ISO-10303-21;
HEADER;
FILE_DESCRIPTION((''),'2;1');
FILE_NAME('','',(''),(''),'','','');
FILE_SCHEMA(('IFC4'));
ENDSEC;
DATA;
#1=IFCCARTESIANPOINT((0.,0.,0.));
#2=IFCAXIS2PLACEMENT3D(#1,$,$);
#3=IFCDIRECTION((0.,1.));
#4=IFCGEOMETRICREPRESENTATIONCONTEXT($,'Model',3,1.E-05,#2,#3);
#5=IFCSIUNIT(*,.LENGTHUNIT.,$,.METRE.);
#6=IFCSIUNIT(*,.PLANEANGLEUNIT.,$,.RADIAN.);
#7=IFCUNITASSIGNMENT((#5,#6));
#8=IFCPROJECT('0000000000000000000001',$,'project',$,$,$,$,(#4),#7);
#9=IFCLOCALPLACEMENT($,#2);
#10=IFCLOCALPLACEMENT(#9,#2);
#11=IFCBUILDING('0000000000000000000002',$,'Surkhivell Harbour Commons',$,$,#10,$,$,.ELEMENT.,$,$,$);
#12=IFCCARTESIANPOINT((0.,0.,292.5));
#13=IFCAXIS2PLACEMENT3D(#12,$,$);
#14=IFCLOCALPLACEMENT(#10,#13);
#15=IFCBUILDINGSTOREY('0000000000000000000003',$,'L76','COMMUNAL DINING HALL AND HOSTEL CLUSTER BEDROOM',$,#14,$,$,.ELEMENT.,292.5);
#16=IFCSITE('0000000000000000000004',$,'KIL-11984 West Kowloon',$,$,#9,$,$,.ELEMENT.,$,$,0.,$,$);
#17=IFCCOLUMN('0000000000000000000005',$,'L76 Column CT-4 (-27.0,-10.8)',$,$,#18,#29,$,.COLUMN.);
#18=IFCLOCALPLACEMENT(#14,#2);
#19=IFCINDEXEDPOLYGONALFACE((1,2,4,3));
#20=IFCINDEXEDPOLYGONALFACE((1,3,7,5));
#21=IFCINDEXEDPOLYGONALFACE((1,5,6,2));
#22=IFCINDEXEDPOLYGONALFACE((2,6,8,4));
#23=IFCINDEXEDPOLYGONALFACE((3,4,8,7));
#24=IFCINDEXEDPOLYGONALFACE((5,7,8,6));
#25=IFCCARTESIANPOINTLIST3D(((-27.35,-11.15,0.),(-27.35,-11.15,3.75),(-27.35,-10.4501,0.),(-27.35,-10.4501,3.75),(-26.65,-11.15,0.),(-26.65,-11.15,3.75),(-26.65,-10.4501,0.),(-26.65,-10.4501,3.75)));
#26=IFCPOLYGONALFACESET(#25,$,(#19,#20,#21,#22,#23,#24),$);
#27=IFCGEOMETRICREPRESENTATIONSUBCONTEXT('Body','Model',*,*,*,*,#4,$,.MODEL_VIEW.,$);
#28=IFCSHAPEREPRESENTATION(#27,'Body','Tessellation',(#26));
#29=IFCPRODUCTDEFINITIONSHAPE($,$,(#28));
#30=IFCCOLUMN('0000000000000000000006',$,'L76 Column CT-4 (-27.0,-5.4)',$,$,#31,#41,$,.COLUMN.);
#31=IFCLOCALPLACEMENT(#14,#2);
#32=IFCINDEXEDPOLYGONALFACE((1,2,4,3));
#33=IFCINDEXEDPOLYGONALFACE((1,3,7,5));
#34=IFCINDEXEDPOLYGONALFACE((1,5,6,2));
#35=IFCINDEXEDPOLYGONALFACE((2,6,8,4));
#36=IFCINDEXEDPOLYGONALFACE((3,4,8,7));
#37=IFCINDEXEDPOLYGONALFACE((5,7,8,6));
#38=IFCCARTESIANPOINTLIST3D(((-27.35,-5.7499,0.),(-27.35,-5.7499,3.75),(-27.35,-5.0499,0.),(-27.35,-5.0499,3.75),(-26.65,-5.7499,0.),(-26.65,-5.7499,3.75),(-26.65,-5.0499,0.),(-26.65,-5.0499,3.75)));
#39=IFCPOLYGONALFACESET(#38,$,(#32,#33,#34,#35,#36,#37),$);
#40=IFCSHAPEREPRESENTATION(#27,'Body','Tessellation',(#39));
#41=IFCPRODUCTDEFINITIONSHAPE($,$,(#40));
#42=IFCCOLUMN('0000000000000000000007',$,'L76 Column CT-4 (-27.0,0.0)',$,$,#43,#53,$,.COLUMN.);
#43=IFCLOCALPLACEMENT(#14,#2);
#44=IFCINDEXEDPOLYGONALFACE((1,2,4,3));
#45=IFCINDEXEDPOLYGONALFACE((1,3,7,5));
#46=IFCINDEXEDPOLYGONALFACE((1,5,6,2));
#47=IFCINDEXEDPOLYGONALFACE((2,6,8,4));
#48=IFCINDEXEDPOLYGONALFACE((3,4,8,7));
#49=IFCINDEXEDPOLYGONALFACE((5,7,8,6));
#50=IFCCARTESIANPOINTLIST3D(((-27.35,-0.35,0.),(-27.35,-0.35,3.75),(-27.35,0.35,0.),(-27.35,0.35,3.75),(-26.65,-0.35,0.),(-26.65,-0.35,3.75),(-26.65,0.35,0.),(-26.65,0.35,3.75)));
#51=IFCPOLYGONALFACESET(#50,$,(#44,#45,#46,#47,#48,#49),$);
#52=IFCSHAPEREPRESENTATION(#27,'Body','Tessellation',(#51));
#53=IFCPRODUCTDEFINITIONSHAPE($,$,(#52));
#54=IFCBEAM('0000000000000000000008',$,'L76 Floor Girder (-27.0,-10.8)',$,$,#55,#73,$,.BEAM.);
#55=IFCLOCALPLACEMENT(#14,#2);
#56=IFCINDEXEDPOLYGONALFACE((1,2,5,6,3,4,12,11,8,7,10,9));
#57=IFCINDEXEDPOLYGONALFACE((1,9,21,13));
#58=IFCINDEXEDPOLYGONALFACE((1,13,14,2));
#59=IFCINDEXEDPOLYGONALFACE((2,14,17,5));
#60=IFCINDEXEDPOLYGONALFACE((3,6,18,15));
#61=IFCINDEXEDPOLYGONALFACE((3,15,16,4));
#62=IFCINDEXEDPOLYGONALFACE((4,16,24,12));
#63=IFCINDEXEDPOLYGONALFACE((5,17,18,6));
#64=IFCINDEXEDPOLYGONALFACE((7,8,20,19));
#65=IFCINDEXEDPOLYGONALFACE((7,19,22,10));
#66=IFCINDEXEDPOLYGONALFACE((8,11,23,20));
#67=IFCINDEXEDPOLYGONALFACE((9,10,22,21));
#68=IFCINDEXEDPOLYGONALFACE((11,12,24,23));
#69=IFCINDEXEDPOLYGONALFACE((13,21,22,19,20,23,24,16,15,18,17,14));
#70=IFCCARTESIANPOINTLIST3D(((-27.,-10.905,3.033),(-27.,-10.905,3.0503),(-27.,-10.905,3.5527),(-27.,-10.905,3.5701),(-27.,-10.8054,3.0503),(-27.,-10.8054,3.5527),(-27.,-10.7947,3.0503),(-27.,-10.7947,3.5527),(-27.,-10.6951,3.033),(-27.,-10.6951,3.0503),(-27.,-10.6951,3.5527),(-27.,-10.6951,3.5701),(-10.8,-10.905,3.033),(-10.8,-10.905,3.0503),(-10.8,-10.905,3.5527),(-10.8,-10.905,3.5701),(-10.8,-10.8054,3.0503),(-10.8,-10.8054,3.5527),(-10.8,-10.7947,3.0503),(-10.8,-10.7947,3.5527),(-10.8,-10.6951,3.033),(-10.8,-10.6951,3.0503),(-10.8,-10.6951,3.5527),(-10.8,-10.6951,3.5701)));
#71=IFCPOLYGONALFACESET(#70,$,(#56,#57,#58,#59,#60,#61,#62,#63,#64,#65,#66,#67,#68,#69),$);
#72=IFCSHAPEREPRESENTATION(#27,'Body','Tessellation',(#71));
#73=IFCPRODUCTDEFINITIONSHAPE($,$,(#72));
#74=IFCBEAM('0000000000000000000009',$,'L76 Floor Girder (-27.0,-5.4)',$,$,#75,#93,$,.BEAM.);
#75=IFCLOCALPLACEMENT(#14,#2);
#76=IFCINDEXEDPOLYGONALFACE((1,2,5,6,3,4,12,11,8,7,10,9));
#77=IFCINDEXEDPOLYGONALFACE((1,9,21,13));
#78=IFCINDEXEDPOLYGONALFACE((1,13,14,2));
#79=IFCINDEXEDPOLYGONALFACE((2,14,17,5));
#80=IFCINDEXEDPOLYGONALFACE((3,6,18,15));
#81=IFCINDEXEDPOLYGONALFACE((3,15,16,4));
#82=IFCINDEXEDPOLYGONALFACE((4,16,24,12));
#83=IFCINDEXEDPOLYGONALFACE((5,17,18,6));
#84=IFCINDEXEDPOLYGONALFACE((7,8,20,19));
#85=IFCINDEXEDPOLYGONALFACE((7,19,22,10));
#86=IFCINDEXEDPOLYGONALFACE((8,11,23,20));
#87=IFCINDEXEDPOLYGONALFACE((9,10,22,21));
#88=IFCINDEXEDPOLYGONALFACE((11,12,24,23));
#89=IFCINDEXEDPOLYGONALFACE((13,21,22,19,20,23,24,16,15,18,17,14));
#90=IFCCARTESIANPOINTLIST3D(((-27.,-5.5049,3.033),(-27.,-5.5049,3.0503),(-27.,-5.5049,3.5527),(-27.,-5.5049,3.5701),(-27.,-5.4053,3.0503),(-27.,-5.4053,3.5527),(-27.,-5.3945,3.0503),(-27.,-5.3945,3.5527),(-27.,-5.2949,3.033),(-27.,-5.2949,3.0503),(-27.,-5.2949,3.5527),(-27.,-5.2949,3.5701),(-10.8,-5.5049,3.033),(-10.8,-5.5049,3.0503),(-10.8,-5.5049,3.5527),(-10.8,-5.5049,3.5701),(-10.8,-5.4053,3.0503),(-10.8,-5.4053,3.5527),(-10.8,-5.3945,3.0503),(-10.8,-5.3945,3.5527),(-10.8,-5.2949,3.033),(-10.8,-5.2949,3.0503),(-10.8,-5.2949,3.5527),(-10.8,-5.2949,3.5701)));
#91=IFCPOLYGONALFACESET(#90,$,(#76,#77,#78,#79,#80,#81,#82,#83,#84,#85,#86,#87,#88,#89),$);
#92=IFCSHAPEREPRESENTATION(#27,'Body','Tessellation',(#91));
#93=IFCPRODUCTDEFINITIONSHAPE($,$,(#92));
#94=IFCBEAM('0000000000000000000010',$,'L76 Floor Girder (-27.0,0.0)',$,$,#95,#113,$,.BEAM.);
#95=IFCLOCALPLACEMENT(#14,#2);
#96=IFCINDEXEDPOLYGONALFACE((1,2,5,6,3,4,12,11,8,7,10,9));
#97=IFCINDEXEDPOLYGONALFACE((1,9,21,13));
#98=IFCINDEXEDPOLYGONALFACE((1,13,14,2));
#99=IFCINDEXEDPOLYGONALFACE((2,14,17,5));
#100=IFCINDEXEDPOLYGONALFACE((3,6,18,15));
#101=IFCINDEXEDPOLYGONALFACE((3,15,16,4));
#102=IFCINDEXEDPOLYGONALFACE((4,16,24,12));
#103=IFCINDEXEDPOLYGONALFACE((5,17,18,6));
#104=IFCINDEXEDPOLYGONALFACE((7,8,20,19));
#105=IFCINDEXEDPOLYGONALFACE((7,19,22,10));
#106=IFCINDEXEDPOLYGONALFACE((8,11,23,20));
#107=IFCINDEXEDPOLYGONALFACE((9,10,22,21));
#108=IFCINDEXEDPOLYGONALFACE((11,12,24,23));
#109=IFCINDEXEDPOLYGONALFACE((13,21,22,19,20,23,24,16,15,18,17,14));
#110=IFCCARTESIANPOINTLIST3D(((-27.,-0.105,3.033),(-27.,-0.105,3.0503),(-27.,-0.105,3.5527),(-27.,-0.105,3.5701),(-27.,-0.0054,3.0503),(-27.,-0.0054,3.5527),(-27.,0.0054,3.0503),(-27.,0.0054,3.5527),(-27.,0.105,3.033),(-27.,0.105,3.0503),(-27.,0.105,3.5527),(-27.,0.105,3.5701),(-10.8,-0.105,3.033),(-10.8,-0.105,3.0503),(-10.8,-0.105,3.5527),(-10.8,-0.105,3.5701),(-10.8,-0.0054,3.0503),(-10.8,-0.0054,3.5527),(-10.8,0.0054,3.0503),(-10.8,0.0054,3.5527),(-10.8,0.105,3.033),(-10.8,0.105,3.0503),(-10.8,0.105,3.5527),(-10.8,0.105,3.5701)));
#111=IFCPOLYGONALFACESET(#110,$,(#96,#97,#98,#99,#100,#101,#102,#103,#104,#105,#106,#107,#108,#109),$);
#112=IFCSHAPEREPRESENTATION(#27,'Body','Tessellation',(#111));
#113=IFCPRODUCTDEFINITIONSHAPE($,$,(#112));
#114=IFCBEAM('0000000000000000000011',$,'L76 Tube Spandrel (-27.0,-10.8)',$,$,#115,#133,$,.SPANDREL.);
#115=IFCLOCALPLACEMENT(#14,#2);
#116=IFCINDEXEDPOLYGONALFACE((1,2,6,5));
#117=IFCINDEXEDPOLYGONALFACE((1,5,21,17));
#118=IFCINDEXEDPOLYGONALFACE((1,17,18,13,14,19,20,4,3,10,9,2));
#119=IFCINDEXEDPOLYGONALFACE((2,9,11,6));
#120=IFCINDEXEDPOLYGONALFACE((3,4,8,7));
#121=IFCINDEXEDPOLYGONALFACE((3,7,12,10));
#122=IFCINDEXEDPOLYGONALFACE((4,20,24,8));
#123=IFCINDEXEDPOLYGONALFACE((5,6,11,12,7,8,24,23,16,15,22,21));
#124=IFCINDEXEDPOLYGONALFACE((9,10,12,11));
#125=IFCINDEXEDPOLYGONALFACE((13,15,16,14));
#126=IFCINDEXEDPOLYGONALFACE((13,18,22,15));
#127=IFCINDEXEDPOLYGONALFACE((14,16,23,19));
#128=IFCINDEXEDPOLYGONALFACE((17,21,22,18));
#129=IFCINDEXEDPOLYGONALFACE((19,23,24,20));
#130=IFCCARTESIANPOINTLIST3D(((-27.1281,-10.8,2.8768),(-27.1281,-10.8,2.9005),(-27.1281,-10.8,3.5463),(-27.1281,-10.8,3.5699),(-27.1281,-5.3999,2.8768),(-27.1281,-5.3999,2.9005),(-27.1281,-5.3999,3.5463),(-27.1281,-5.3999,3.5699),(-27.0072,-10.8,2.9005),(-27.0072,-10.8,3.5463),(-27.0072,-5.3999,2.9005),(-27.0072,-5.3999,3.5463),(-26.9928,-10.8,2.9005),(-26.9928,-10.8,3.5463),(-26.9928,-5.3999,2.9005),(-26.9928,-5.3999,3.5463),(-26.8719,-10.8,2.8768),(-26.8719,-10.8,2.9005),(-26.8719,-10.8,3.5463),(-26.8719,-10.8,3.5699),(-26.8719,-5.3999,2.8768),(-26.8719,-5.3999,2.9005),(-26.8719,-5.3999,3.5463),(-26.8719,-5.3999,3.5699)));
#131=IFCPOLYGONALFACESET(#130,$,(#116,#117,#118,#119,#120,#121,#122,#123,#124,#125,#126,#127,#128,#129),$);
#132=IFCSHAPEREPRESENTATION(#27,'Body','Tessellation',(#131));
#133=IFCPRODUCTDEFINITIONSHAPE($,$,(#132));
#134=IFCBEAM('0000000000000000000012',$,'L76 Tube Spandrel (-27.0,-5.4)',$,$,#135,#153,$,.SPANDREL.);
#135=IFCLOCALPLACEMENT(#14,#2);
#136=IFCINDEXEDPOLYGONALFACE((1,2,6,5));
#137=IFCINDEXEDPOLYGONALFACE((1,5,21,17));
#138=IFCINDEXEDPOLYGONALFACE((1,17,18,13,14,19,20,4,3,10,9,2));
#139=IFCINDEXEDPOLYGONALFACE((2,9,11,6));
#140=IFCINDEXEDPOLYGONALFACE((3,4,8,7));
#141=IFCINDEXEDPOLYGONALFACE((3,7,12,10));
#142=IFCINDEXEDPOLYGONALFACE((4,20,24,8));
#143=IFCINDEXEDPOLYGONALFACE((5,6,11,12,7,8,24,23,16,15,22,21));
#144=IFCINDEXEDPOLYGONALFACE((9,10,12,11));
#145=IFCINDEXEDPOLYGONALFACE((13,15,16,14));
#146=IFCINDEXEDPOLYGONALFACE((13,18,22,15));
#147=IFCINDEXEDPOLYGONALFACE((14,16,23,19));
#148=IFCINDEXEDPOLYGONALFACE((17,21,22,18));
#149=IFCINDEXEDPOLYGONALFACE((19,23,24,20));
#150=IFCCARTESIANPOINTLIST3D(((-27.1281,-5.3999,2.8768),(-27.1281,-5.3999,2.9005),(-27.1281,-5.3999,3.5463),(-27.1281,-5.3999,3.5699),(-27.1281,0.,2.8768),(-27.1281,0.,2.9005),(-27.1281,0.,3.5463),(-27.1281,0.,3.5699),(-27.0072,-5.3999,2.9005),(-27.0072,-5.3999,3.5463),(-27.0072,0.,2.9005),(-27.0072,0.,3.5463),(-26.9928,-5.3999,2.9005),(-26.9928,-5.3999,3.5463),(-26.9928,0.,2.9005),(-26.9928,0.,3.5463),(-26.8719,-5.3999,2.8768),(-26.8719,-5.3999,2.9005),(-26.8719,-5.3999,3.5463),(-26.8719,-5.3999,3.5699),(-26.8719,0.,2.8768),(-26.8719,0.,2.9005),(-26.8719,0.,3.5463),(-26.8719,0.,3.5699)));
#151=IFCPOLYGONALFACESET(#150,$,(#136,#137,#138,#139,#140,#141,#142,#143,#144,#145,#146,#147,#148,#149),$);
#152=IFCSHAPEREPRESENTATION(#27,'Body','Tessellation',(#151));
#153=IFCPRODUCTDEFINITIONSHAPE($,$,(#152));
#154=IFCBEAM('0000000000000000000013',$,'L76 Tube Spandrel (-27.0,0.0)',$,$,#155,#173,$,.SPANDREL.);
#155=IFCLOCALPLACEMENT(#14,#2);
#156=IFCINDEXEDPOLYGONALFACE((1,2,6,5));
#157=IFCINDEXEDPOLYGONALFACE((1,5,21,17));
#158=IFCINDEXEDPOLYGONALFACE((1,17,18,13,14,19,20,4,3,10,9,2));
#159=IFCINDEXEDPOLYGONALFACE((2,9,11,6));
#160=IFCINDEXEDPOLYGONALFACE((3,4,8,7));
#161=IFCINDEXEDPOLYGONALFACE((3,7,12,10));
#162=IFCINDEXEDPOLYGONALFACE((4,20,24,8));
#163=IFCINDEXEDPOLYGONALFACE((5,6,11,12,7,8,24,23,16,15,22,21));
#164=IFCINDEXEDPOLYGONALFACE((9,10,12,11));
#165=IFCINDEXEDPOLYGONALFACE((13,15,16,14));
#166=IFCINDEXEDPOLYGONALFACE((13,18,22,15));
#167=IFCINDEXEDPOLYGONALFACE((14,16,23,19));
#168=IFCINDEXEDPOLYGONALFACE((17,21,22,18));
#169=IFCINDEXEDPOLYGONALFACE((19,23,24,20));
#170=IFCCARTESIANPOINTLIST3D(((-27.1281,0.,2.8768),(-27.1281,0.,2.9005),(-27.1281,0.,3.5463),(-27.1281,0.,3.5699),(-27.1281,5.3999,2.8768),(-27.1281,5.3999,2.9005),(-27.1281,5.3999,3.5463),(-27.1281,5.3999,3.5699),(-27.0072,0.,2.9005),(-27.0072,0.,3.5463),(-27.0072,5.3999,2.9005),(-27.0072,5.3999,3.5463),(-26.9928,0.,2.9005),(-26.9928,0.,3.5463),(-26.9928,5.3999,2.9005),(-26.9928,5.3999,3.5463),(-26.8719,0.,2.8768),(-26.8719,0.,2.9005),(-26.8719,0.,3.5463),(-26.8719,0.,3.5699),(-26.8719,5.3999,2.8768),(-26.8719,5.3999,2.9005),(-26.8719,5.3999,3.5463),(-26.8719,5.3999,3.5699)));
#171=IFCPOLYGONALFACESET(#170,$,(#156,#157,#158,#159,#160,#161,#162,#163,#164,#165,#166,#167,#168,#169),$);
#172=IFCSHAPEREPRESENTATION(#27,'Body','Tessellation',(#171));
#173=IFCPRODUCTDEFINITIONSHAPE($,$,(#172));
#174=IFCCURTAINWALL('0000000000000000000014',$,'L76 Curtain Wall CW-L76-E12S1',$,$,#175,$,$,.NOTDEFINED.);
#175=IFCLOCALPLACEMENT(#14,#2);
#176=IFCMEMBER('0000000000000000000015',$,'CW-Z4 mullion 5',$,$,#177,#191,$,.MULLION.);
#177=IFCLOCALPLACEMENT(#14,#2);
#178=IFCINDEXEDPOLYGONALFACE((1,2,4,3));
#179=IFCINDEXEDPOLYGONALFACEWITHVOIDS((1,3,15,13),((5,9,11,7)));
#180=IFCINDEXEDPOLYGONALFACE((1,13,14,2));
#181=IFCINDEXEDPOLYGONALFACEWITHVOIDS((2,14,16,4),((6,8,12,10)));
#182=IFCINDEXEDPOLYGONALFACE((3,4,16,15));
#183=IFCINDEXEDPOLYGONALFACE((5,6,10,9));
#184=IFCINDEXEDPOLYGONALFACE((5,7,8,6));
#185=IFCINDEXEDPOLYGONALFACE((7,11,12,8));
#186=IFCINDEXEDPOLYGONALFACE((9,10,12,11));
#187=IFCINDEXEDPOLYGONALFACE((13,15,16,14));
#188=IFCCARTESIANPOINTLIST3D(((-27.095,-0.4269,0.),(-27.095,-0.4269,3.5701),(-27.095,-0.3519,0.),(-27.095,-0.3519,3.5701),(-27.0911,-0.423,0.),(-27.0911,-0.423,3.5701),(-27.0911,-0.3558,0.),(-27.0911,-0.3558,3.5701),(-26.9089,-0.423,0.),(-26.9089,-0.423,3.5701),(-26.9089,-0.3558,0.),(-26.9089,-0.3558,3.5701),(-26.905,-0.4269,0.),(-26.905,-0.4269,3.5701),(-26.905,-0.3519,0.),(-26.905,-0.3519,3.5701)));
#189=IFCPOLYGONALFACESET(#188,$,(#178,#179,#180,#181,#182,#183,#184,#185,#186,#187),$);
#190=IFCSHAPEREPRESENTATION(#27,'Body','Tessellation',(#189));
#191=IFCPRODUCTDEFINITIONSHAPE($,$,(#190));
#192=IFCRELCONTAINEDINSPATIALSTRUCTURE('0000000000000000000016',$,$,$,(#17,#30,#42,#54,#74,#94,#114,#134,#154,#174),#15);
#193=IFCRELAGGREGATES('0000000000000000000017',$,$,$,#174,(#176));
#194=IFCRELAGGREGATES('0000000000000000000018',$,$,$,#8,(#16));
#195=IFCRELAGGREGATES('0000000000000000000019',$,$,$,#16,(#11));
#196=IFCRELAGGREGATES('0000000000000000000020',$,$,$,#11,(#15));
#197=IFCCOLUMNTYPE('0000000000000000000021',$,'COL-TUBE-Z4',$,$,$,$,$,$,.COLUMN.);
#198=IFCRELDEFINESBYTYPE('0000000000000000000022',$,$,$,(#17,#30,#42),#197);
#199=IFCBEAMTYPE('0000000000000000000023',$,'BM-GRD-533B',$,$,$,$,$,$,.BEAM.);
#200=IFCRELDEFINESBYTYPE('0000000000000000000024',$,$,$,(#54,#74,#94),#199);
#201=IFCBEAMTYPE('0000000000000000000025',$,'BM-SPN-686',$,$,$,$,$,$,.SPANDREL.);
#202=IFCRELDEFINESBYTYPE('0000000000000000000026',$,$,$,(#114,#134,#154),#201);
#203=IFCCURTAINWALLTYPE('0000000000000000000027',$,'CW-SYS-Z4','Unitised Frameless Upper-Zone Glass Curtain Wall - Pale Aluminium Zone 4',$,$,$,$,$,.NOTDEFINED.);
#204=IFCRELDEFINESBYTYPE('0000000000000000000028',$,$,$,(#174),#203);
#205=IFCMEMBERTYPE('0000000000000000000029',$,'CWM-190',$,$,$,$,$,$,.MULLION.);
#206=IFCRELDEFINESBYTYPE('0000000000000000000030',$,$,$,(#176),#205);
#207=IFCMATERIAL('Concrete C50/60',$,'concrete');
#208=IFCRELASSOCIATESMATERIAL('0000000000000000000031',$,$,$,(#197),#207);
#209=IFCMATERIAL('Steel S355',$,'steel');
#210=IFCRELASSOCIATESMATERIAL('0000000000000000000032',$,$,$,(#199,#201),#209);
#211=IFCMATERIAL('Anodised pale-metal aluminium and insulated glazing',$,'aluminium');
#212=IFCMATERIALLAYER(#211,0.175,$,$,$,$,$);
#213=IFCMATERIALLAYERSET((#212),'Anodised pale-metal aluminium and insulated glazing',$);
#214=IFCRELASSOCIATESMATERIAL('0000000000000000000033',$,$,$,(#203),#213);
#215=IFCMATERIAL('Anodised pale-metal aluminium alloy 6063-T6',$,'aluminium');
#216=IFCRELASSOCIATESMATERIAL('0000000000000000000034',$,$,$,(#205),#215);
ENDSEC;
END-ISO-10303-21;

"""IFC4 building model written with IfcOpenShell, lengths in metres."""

from ifc_helpers import new_model, si_unit, direction, frame, origin, origin_2d, place, context, subcontext, project, spatial, rectangle, hollow_rectangle, i_section, extrude, material, layer, layer_set, material_profile, profile_set, type_object, element, aggregate, save


model = new_model("IFC4")

# Units and contexts
model_context = context("Model", 3, precision=1e-05, world=origin(), true_north=direction((0.0, 1.0)))
body_context = subcontext(model_context, "Body", "Model", "MODEL_VIEW")
ifc_project = project(units=[si_unit("LENGTHUNIT", "METRE"), si_unit("PLANEANGLEUNIT", "RADIAN")], contexts=[model_context])

# Site, building, storey
site_placement = place(None, origin())
site = spatial("IfcSite", under=ifc_project, at=site_placement, Name="KIL-11984 West Kowloon", CompositionType="ELEMENT", RefElevation=0.0)
building_placement = place(site_placement, origin())
building = spatial("IfcBuilding", under=site, at=building_placement, Name="Surkhivell Harbour Commons", CompositionType="ELEMENT")
storey_placement = place(building_placement, frame((0.0, 0.0, 292.5)))
storey = spatial("IfcBuildingStorey", under=building, at=storey_placement, Name="L76", Description="COMMUNAL DINING HALL AND HOSTEL CLUSTER BEDROOM", CompositionType="ELEMENT", Elevation=292.5)

# Columns
ifc_material_1 = material(Name="Concrete C50/60", Category="concrete")
ifc_material_profile_1 = material_profile(ifc_material_1, rectangle(XDim=0.7, YDim=0.7, at=origin_2d()), Name="RC-COL-700x700")
ifc_profile_set_1 = profile_set([ifc_material_profile_1], Name="Concrete C50/60")
column_type = type_object("IfcColumnType", Name="COL-TUBE-Z4", PredefinedType="COLUMN", material=ifc_profile_set_1)
for number, where, z_axis, x_axis, name in (
    (1, (-27.0, -10.8, 0.0), (0.0, 0.0, 1.0), (1.0, 0.0, 0.0), "L76 Column CT-4 (-27.0,-10.8)"),
    (2, (-27.0, -5.3999, 0.0), (0.0, 0.0, 1.0), (1.0, 0.0, 0.0), "L76 Column CT-4 (-27.0,-5.4)"),
    (3, (-27.0, 0.0, 0.0), (0.0, 0.0, 1.0), (1.0, 0.0, 0.0), "L76 Column CT-4 (-27.0,0.0)"),
):
    element("IfcColumn", number, at=place(storey_placement, frame(where, z_axis=z_axis, x_axis=x_axis)), inside=storey, type_object=column_type, Name=name, PredefinedType="COLUMN", context=body_context, shape_type="SweptSolid", body=[
        extrude(rectangle(XDim=0.7, YDim=0.7, at=origin_2d()), origin(), (0.0, 0.0, 1.0), 3.75),
    ])

# Beams
ifc_material_2 = material(Name="Steel S355", Category="steel")
ifc_material_profile_2 = material_profile(ifc_material_2, i_section(OverallWidth=0.21, OverallDepth=0.5371, WebThickness=0.0107, FlangeThickness=0.0173, at=origin_2d()), Name="UB533x210x101")
ifc_profile_set_2 = profile_set([ifc_material_profile_2], Name="Steel S355")
beam_type_1 = type_object("IfcBeamType", Name="BM-GRD-533B", PredefinedType="BEAM", material=ifc_profile_set_2)
for number, where, z_axis, x_axis, name in (
    (4, (-27.0, -10.8, 3.3015), (1.0, 0.0, 0.0), (0.0, 1.0, 0.0), "L76 Floor Girder (-27.0,-10.8)"),
    (5, (-27.0, -5.3999, 3.3015), (1.0, 0.0, 0.0), (0.0, 1.0, 0.0), "L76 Floor Girder (-27.0,-5.4)"),
    (6, (-27.0, 0.0, 3.3015), (1.0, 0.0, 0.0), (0.0, 1.0, 0.0), "L76 Floor Girder (-27.0,0.0)"),
):
    element("IfcBeam", number, at=place(storey_placement, frame(where, z_axis=z_axis, x_axis=x_axis)), inside=storey, type_object=beam_type_1, Name=name, PredefinedType="BEAM", context=body_context, shape_type="SweptSolid", body=[
        extrude(i_section(OverallWidth=0.21, OverallDepth=0.5371, WebThickness=0.0107, FlangeThickness=0.0173, at=origin_2d()), origin(), (0.0, 0.0, 1.0), 16.2),
    ])
ifc_material_profile_3 = material_profile(ifc_material_2, i_section(OverallWidth=0.2561, OverallDepth=0.6931, WebThickness=0.0144, FlangeThickness=0.0237, at=origin_2d()), Name="UB686x254x170")
ifc_profile_set_3 = profile_set([ifc_material_profile_3], Name="Steel S355")
beam_type_2 = type_object("IfcBeamType", Name="BM-SPN-686", PredefinedType="SPANDREL", material=ifc_profile_set_3)
beam_placement = place(storey_placement, frame((-27.0, -10.8, 3.2234), z_axis=(0.0, 1.0, 0.0), x_axis=(-1.0, 0.0, 0.0)))
element("IfcBeam", 7, at=beam_placement, inside=storey, type_object=beam_type_2, Name="L76 Tube Spandrel (-27.0,-10.8)", PredefinedType="SPANDREL", context=body_context, shape_type="SweptSolid", body=[
    extrude(i_section(OverallWidth=0.2561, OverallDepth=0.6931, WebThickness=0.0144, FlangeThickness=0.0237, at=origin_2d()), origin(), (0.0, 0.0, 1.0), 5.4001),
])
for number, where, z_axis, x_axis, name in (
    (8, (-27.0, -5.3999, 3.2234), (0.0, 1.0, 0.0), (-1.0, 0.0, 0.0), "L76 Tube Spandrel (-27.0,-5.4)"),
    (9, (-27.0, 0.0, 3.2234), (0.0, 1.0, 0.0), (-1.0, 0.0, 0.0), "L76 Tube Spandrel (-27.0,0.0)"),
):
    element("IfcBeam", number, at=place(storey_placement, frame(where, z_axis=z_axis, x_axis=x_axis)), inside=storey, type_object=beam_type_2, Name=name, PredefinedType="SPANDREL", context=body_context, shape_type="SweptSolid", body=[
        extrude(i_section(OverallWidth=0.2561, OverallDepth=0.6931, WebThickness=0.0144, FlangeThickness=0.0237, at=origin_2d()), origin(), (0.0, 0.0, 1.0), 5.3999),
    ])

# Curtain wall, member
ifc_material_3 = material(Name="Anodised pale-metal aluminium and insulated glazing", Category="aluminium")
ifc_layer_1 = layer(ifc_material_3, 0.175)
ifc_layer_set_1 = layer_set([ifc_layer_1], Name="Anodised pale-metal aluminium and insulated glazing")
curtain_wall_type = type_object("IfcCurtainWallType", Name="CW-SYS-Z4", Description="Unitised Frameless Upper-Zone Glass Curtain Wall - Pale Aluminium Zone 4", PredefinedType="NOTDEFINED", material=ifc_layer_set_1)
curtain_wall_placement = place(storey_placement, origin())
curtain_wall = element("IfcCurtainWall", 10, at=curtain_wall_placement, inside=storey, type_object=curtain_wall_type, Name="L76 Curtain Wall CW-L76-E12S1", PredefinedType="NOTDEFINED")
ifc_material_4 = material(Name="Anodised pale-metal aluminium alloy 6063-T6", Category="aluminium")
ifc_material_profile_4 = material_profile(ifc_material_4, hollow_rectangle(XDim=0.075, YDim=0.1899, WallThickness=0.0039, at=origin_2d()), Name="ALU-MULL-75x190")
ifc_profile_set_4 = profile_set([ifc_material_profile_4], Name="Anodised pale-metal aluminium alloy 6063-T6")
member_type_1 = type_object("IfcMemberType", Name="CWM-190", PredefinedType="MULLION", material=ifc_profile_set_4)
member_1_placement = place(storey_placement, frame((-27.0, -0.3894, 0.0), z_axis=(0.0, 0.0, 1.0), x_axis=(0.0, -1.0, 0.0)))
member_1 = element("IfcMember", 11, at=member_1_placement, type_object=member_type_1, Name="CW-Z4 mullion 5", PredefinedType="MULLION", context=body_context, shape_type="SweptSolid", body=[
    extrude(hollow_rectangle(XDim=0.075, YDim=0.1899, WallThickness=0.0039, at=origin_2d()), origin(), (0.0, 0.0, 1.0), 3.5701),
])

aggregate(curtain_wall, [member_1])

save(model, "model.ifc")
